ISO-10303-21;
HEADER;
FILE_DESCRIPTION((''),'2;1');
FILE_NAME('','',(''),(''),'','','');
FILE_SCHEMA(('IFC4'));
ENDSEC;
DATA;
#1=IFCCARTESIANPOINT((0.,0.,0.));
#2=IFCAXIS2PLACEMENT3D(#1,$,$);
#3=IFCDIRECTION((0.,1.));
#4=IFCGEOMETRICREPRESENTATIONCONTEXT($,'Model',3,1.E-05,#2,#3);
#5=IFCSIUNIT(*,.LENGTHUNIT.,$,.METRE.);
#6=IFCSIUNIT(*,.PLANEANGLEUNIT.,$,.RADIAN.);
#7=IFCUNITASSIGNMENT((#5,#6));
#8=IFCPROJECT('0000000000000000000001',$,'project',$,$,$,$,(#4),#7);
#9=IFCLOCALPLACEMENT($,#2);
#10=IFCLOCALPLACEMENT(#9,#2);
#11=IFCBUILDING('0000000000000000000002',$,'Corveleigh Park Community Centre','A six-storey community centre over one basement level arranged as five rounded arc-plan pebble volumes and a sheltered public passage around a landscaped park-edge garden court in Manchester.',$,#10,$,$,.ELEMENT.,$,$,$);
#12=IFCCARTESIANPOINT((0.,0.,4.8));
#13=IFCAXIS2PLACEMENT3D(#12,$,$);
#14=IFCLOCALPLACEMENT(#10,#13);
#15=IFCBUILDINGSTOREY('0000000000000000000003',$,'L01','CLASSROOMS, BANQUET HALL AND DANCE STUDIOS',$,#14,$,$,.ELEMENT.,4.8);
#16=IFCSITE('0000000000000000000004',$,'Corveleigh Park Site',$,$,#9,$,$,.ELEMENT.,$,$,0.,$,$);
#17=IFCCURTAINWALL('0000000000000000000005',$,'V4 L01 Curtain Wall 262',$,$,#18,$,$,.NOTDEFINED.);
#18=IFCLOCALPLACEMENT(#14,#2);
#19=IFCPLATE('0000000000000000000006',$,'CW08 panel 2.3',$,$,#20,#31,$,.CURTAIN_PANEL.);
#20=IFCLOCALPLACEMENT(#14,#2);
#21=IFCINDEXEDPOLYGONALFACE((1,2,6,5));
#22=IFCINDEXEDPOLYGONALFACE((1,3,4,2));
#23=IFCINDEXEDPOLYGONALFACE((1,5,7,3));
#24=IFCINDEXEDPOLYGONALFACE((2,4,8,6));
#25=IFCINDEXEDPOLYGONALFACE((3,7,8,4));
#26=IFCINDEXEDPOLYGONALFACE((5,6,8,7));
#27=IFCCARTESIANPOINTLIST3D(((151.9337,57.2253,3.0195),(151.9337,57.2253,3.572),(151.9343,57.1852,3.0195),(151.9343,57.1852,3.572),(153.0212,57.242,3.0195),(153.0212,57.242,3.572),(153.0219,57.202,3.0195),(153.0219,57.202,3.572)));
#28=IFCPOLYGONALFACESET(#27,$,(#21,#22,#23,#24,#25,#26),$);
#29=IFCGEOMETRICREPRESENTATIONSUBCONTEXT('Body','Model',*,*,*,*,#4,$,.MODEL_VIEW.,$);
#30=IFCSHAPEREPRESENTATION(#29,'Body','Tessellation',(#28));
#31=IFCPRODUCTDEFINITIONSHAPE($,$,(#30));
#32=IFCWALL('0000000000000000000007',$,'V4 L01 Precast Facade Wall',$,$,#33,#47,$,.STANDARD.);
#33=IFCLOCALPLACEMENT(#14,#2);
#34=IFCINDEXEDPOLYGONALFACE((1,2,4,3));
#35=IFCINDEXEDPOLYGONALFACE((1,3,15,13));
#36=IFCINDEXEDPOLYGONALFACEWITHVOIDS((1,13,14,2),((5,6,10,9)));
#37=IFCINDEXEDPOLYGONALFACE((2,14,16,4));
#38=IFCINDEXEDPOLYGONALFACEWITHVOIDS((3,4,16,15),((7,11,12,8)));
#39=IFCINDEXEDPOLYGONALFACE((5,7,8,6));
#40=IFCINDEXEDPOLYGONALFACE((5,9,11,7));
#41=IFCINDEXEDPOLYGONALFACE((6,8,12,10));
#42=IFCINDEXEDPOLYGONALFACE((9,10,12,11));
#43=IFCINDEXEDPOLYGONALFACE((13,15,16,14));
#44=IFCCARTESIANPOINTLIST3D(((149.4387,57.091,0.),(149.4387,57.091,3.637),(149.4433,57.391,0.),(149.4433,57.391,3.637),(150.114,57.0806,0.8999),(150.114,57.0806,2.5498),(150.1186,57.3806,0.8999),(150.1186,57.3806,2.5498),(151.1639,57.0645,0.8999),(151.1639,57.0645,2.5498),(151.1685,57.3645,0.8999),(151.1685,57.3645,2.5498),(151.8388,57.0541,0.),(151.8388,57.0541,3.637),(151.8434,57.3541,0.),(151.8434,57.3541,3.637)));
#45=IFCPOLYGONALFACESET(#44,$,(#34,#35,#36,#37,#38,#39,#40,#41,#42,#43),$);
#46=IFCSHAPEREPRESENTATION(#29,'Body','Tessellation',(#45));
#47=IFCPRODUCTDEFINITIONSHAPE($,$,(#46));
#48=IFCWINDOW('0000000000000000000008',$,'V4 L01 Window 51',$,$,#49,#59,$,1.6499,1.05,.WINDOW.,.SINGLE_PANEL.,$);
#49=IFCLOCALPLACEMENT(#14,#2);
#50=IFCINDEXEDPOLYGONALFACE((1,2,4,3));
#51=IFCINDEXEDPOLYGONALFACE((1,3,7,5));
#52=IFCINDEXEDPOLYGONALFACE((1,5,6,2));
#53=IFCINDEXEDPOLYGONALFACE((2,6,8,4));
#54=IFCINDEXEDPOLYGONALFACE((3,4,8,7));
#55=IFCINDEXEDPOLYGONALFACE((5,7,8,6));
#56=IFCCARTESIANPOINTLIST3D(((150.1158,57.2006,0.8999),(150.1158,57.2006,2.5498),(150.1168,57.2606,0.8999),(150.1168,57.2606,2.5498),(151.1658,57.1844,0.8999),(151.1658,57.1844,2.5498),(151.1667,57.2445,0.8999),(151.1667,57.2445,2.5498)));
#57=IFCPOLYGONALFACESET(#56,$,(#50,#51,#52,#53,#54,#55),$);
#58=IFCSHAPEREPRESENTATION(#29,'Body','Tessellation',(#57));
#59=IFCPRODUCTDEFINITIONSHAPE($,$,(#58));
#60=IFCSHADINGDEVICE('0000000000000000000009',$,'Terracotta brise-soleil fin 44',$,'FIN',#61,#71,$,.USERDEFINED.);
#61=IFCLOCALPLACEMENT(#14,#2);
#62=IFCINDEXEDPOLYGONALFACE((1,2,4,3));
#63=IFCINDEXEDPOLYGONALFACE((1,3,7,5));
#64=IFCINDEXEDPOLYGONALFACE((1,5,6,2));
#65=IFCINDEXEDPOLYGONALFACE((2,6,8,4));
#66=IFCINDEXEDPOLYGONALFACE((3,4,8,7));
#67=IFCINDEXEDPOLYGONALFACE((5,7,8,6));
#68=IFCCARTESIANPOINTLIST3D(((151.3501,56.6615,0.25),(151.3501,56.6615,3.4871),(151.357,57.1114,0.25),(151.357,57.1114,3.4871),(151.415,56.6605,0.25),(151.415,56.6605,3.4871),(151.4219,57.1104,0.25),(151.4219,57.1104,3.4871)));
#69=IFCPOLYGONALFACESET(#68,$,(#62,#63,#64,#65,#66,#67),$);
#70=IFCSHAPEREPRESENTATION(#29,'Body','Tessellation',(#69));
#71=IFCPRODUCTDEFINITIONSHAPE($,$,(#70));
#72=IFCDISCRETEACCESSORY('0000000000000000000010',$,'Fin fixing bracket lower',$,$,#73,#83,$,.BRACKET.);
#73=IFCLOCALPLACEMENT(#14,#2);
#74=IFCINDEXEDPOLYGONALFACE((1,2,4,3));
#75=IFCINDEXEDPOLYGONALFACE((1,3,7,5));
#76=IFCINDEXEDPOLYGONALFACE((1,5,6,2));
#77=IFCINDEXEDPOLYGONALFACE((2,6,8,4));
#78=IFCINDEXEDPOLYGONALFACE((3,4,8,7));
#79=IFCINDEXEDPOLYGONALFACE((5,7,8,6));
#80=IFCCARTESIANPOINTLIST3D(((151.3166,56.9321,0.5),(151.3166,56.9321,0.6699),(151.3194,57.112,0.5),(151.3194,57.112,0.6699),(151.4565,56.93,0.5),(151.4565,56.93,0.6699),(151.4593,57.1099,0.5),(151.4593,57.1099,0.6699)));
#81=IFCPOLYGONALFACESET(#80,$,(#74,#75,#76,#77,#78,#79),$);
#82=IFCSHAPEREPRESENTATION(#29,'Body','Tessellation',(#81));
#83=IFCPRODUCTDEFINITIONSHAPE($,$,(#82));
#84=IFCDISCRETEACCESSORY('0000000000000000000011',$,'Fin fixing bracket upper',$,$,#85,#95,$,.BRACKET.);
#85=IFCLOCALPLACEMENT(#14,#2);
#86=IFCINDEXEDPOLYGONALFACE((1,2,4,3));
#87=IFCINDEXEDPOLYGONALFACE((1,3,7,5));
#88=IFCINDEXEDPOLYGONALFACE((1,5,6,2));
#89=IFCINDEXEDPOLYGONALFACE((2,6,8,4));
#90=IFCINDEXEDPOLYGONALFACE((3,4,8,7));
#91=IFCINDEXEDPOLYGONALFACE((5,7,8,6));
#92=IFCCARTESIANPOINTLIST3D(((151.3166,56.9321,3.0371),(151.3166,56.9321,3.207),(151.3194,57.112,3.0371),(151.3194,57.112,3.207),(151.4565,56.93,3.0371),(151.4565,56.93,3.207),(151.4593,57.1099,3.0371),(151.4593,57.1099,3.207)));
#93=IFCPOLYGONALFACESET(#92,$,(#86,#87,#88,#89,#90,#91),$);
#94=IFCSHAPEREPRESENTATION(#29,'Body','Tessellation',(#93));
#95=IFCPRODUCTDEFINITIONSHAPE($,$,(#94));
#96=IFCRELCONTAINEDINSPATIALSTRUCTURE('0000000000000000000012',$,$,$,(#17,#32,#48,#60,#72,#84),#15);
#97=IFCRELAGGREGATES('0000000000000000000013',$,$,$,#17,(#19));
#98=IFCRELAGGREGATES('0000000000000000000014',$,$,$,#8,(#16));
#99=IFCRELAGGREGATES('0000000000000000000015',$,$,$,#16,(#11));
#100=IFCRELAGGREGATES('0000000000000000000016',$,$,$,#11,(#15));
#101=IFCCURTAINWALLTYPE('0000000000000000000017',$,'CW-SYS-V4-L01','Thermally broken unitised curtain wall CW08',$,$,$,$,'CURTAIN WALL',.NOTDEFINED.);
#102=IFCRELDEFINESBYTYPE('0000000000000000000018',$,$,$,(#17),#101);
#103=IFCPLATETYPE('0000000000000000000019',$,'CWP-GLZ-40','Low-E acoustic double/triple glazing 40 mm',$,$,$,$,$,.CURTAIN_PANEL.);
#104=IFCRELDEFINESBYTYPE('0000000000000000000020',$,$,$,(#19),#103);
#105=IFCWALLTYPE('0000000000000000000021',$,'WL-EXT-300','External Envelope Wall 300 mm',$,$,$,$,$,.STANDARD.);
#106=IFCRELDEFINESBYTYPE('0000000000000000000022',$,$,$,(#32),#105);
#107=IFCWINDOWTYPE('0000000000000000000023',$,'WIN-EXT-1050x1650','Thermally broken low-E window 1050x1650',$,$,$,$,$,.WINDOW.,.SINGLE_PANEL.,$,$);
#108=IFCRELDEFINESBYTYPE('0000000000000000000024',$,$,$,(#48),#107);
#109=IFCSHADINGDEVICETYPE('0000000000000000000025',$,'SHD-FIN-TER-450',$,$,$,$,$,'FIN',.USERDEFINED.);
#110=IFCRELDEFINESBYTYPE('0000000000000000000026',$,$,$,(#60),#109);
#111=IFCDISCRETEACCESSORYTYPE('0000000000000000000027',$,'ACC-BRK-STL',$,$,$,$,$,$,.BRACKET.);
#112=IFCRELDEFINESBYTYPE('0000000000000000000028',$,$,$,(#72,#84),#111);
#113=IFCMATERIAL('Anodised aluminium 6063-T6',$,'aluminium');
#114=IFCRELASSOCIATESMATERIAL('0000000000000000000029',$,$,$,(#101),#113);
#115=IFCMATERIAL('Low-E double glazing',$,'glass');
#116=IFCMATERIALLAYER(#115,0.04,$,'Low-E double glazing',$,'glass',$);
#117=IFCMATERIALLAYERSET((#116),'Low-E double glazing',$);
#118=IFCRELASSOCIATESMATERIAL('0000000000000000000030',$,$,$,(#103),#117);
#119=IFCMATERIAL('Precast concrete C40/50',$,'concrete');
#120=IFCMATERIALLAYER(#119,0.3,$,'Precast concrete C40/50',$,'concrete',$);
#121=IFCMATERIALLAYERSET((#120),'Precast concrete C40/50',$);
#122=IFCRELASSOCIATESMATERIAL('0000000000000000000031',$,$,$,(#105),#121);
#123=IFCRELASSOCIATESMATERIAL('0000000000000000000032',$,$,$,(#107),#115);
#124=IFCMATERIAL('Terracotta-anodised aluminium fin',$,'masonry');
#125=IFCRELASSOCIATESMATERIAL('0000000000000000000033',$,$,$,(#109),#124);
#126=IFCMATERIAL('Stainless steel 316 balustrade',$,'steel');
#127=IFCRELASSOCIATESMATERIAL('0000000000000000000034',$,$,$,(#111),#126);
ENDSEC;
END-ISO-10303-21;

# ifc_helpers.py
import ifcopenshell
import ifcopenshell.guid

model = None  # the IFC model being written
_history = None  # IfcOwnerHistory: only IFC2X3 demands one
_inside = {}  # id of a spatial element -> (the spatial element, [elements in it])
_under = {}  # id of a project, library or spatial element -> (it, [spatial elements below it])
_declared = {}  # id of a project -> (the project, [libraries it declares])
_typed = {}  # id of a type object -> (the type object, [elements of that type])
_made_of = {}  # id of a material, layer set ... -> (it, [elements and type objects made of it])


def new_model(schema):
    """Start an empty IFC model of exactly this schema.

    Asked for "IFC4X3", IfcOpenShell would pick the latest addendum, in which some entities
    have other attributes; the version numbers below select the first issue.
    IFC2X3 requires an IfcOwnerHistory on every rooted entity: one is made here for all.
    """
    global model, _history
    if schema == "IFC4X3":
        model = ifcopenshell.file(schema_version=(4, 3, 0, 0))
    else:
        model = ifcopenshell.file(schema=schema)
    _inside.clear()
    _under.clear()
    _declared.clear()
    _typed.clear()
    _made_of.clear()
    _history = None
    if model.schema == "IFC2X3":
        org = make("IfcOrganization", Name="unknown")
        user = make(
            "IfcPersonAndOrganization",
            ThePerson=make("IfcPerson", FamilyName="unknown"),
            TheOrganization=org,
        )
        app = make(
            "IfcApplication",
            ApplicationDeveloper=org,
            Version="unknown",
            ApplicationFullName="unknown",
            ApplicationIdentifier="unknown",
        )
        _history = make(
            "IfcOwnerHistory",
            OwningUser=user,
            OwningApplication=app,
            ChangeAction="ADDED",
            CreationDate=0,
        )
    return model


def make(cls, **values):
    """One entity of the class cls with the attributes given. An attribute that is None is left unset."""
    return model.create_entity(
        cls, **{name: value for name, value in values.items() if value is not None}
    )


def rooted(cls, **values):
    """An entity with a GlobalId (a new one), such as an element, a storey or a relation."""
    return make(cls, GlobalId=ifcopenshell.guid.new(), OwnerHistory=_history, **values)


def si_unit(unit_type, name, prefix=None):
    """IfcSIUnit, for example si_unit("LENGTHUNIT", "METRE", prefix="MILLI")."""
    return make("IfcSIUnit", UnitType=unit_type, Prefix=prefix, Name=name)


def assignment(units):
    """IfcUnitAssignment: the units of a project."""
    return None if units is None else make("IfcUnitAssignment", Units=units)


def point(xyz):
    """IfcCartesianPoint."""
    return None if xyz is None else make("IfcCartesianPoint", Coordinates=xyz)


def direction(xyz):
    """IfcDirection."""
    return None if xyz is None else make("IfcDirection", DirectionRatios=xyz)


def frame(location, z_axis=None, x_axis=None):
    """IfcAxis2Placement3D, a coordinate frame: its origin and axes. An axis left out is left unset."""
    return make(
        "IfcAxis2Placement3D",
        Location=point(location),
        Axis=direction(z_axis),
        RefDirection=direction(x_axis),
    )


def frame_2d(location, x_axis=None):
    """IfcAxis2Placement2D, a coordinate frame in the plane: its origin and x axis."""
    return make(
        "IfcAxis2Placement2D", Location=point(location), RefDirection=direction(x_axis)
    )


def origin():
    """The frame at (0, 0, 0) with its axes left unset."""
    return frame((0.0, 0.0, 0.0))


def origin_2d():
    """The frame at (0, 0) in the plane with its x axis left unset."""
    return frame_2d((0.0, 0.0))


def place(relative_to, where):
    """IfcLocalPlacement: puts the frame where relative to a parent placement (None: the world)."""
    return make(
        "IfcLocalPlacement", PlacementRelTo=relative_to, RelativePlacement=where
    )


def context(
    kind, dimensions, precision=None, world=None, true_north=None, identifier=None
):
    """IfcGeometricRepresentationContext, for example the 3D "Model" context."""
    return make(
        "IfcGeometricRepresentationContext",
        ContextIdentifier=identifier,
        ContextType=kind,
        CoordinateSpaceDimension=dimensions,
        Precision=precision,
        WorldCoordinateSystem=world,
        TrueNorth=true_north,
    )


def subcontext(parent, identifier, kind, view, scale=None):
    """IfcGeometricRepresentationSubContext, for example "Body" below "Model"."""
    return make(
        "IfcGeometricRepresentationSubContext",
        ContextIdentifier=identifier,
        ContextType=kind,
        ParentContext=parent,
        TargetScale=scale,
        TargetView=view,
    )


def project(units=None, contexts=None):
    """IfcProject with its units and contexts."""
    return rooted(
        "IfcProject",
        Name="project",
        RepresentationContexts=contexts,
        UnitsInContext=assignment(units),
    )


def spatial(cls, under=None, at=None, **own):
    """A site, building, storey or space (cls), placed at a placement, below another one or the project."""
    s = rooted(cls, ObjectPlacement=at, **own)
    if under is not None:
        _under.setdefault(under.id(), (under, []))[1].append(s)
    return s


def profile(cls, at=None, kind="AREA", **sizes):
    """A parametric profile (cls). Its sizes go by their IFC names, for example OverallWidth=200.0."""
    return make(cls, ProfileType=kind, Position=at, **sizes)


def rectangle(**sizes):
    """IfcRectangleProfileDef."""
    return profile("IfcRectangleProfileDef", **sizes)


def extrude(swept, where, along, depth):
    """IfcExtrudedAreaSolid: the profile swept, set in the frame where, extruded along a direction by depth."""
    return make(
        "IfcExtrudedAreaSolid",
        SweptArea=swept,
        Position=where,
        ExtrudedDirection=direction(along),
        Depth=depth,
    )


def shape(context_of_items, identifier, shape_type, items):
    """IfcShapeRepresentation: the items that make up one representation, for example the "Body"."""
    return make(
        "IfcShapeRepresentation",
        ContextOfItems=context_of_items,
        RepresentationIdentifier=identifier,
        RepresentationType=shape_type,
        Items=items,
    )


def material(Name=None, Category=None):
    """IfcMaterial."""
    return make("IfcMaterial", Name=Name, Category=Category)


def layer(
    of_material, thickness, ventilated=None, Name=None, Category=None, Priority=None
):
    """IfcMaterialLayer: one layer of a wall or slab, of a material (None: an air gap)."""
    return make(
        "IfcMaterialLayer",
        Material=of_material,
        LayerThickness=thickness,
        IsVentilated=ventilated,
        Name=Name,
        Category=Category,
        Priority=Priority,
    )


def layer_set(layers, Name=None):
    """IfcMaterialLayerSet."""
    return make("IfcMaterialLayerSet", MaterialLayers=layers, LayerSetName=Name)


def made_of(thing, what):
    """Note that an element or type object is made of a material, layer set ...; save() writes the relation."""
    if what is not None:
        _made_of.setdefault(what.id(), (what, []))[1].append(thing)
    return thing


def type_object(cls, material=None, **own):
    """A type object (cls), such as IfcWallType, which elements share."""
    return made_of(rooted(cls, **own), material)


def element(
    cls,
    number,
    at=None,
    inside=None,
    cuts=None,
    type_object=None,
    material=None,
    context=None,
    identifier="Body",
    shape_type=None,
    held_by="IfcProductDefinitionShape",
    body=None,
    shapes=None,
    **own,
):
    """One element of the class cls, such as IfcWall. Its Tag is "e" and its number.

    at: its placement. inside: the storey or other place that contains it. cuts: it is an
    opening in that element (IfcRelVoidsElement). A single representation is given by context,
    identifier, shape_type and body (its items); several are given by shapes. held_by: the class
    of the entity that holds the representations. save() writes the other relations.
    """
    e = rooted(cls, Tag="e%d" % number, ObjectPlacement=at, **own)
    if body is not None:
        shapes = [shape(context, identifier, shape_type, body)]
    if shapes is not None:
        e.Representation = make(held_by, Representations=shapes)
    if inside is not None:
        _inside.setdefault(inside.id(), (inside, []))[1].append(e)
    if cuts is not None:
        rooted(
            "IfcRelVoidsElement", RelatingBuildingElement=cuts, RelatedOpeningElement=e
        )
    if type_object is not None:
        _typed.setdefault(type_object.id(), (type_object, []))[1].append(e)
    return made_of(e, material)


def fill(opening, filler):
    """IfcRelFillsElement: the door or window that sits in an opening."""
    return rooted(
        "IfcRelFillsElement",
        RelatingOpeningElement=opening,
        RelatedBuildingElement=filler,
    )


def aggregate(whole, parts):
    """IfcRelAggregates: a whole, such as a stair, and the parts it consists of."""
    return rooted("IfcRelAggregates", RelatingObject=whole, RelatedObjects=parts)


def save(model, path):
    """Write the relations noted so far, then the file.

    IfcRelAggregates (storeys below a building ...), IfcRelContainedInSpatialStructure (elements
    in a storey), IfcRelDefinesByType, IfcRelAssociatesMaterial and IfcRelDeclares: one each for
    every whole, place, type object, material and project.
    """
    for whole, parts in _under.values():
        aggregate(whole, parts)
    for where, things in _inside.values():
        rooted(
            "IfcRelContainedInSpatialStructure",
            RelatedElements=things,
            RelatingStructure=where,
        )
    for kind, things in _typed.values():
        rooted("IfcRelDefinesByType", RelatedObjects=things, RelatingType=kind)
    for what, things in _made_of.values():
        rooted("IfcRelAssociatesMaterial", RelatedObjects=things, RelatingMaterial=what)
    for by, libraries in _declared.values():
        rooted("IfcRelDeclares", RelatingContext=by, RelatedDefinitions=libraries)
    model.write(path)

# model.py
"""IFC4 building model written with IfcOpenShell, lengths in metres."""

from ifc_helpers import new_model, si_unit, direction, frame, frame_2d, origin, origin_2d, place, context, subcontext, project, spatial, rectangle, extrude, material, layer, layer_set, type_object, element, fill, aggregate, save


model = new_model("IFC4")

# Units and contexts
model_context = context("Model", 3, precision=1e-05, world=origin(), true_north=direction((0.0, 1.0)))
body_context = subcontext(model_context, "Body", "Model", "MODEL_VIEW")
ifc_project = project(units=[si_unit("LENGTHUNIT", "METRE"), si_unit("PLANEANGLEUNIT", "RADIAN")], contexts=[model_context])

# Site, building, storey
site_placement = place(None, origin())
site = spatial("IfcSite", under=ifc_project, at=site_placement, Name="Corveleigh Park Site", CompositionType="ELEMENT", RefElevation=0.0)
building_placement = place(site_placement, origin())
building = spatial("IfcBuilding", under=site, at=building_placement, Name="Corveleigh Park Community Centre", Description="A six-storey community centre over one basement level arranged as five rounded arc-plan pebble volumes and a sheltered public passage around a landscaped park-edge garden court in Manchester.", CompositionType="ELEMENT")
storey_placement = place(building_placement, frame((0.0, 0.0, 4.8)))
storey = spatial("IfcBuildingStorey", under=building, at=storey_placement, Name="L01", Description="CLASSROOMS, BANQUET HALL AND DANCE STUDIOS", CompositionType="ELEMENT", Elevation=4.8)

# Shared definitions
ifc_material_1 = material(Name="Anodised aluminium 6063-T6", Category="aluminium")
curtain_wall_type = type_object("IfcCurtainWallType", Name="CW-SYS-V4-L01", Description="Thermally broken unitised curtain wall CW08", ElementType="CURTAIN WALL", PredefinedType="NOTDEFINED", material=ifc_material_1)

# Curtain wall
curtain_wall_1_placement = place(storey_placement, origin())
curtain_wall_1 = element("IfcCurtainWall", 1, at=curtain_wall_1_placement, inside=storey, type_object=curtain_wall_type, Name="V4 L01 Curtain Wall 262", PredefinedType="NOTDEFINED")

# Plate
ifc_material_2 = material(Name="Low-E double glazing", Category="glass")
ifc_layer_1 = layer(ifc_material_2, 0.04, Name="Low-E double glazing", Category="glass")
ifc_layer_set_1 = layer_set([ifc_layer_1], Name="Low-E double glazing")
plate_type = type_object("IfcPlateType", Name="CWP-GLZ-40", Description="Low-E acoustic double/triple glazing 40 mm", PredefinedType="CURTAIN_PANEL", material=ifc_layer_set_1)
plate_1_placement = place(storey_placement, frame((152.4778, 57.2136, 3.0195), z_axis=(0.0, 0.0, 1.0), x_axis=(-0.999881, -0.015415, 0.0)))
plate_1 = element("IfcPlate", 2, at=plate_1_placement, type_object=plate_type, Name="CW08 panel 2.3", PredefinedType="CURTAIN_PANEL", context=body_context, shape_type="SweptSolid", body=[
    extrude(rectangle(XDim=1.0876, YDim=0.04, at=origin_2d()), origin(), (0.0, 0.0, 1.0), 0.5525),
])
aggregate(curtain_wall_1, [plate_1])

# Wall, opening, window
ifc_material_3 = material(Name="Precast concrete C40/50", Category="concrete")
ifc_layer_2 = layer(ifc_material_3, 0.3, Name="Precast concrete C40/50", Category="concrete")
ifc_layer_set_2 = layer_set([ifc_layer_2], Name="Precast concrete C40/50")
wall_type = type_object("IfcWallType", Name="WL-EXT-300", Description="External Envelope Wall 300 mm", PredefinedType="STANDARD", material=ifc_layer_set_2)
wall_placement = place(storey_placement, frame((151.8411, 57.2041, 0.0), z_axis=(0.0, 0.0, 1.0), x_axis=(-0.999882, 0.015358, 0.0)))
wall = element("IfcWall", 3, at=wall_placement, inside=storey, type_object=wall_type, Name="V4 L01 Precast Facade Wall", PredefinedType="STANDARD", context=body_context, shape_type="SweptSolid", body=[
    extrude(rectangle(XDim=2.4004, YDim=0.3, at=frame_2d((1.2002, 0.0))), origin(), (0.0, 0.0, 1.0), 3.637),
])
opening_placement = place(wall_placement, frame((0.675, 0.0, 0.8999)))
opening = element("IfcOpeningElement", 4, at=opening_placement, cuts=wall, PredefinedType="OPENING", context=body_context, shape_type="SweptSolid", body=[
    extrude(rectangle(XDim=1.05, YDim=1.6499, at=frame_2d((0.5249, 0.825))), frame((0.0, 0.1599, 0.0), z_axis=(0.0, -1.0, 0.0), x_axis=(1.0, 0.0, 0.0)), (0.0, 0.0, 1.0), 0.3201),
])
window_type = type_object("IfcWindowType", Name="WIN-EXT-1050x1650", Description="Thermally broken low-E window 1050x1650", PartitioningType="SINGLE_PANEL", PredefinedType="WINDOW", material=ifc_material_2)
window_placement = place(opening_placement, origin())
window = element("IfcWindow", 5, at=window_placement, inside=storey, type_object=window_type, Name="V4 L01 Window 51", OverallHeight=1.6499, OverallWidth=1.05, PartitioningType="SINGLE_PANEL", PredefinedType="WINDOW", context=body_context, shape_type="SweptSolid", body=[
    extrude(rectangle(XDim=1.05, YDim=1.6499, at=frame_2d((0.5249, 0.825))), frame((0.0, 0.03, 0.0), z_axis=(0.0, -1.0, 0.0), x_axis=(1.0, 0.0, 0.0)), (0.0, 0.0, 1.0), 0.0601),
])
fill(opening, window)

# Shading device
ifc_material_4 = material(Name="Terracotta-anodised aluminium fin", Category="masonry")
shading_device_type = type_object("IfcShadingDeviceType", Name="SHD-FIN-TER-450", ElementType="FIN", PredefinedType="USERDEFINED", material=ifc_material_4)
shading_device_placement = place(storey_placement, frame((151.386, 56.886, 0.25), z_axis=(0.0, 0.0, 1.0), x_axis=(-0.015415, -0.999881, 0.0)))
element("IfcShadingDevice", 6, at=shading_device_placement, inside=storey, type_object=shading_device_type, Name="Terracotta brise-soleil fin 44", ObjectType="FIN", PredefinedType="USERDEFINED", context=body_context, shape_type="SweptSolid", body=[
    extrude(rectangle(XDim=0.45, YDim=0.0649, at=origin_2d()), origin(), (0.0, 0.0, 1.0), 3.2371),
])

# Discrete accessories
ifc_material_5 = material(Name="Stainless steel 316 balustrade", Category="steel")
discrete_accessory_type = type_object("IfcDiscreteAccessoryType", Name="ACC-BRK-STL", PredefinedType="BRACKET", material=ifc_material_5)
for number, where, z_axis, x_axis, name in (
    (7, (151.3879, 57.021, 0.5), (0.0, 0.0, 1.0), (-0.015415, -0.999881, 0.0), "Fin fixing bracket lower"),
    (8, (151.3879, 57.021, 3.0371), (0.0, 0.0, 1.0), (-0.015415, -0.999881, 0.0), "Fin fixing bracket upper"),
):
    element("IfcDiscreteAccessory", number, at=place(storey_placement, frame(where, z_axis=z_axis, x_axis=x_axis)), inside=storey, type_object=discrete_accessory_type, Name=name, PredefinedType="BRACKET", context=body_context, shape_type="SweptSolid", body=[
        extrude(rectangle(XDim=0.1799, YDim=0.1399, at=origin_2d()), origin(), (0.0, 0.0, 1.0), 0.1699),
    ])

save(model, "model.ifc")
